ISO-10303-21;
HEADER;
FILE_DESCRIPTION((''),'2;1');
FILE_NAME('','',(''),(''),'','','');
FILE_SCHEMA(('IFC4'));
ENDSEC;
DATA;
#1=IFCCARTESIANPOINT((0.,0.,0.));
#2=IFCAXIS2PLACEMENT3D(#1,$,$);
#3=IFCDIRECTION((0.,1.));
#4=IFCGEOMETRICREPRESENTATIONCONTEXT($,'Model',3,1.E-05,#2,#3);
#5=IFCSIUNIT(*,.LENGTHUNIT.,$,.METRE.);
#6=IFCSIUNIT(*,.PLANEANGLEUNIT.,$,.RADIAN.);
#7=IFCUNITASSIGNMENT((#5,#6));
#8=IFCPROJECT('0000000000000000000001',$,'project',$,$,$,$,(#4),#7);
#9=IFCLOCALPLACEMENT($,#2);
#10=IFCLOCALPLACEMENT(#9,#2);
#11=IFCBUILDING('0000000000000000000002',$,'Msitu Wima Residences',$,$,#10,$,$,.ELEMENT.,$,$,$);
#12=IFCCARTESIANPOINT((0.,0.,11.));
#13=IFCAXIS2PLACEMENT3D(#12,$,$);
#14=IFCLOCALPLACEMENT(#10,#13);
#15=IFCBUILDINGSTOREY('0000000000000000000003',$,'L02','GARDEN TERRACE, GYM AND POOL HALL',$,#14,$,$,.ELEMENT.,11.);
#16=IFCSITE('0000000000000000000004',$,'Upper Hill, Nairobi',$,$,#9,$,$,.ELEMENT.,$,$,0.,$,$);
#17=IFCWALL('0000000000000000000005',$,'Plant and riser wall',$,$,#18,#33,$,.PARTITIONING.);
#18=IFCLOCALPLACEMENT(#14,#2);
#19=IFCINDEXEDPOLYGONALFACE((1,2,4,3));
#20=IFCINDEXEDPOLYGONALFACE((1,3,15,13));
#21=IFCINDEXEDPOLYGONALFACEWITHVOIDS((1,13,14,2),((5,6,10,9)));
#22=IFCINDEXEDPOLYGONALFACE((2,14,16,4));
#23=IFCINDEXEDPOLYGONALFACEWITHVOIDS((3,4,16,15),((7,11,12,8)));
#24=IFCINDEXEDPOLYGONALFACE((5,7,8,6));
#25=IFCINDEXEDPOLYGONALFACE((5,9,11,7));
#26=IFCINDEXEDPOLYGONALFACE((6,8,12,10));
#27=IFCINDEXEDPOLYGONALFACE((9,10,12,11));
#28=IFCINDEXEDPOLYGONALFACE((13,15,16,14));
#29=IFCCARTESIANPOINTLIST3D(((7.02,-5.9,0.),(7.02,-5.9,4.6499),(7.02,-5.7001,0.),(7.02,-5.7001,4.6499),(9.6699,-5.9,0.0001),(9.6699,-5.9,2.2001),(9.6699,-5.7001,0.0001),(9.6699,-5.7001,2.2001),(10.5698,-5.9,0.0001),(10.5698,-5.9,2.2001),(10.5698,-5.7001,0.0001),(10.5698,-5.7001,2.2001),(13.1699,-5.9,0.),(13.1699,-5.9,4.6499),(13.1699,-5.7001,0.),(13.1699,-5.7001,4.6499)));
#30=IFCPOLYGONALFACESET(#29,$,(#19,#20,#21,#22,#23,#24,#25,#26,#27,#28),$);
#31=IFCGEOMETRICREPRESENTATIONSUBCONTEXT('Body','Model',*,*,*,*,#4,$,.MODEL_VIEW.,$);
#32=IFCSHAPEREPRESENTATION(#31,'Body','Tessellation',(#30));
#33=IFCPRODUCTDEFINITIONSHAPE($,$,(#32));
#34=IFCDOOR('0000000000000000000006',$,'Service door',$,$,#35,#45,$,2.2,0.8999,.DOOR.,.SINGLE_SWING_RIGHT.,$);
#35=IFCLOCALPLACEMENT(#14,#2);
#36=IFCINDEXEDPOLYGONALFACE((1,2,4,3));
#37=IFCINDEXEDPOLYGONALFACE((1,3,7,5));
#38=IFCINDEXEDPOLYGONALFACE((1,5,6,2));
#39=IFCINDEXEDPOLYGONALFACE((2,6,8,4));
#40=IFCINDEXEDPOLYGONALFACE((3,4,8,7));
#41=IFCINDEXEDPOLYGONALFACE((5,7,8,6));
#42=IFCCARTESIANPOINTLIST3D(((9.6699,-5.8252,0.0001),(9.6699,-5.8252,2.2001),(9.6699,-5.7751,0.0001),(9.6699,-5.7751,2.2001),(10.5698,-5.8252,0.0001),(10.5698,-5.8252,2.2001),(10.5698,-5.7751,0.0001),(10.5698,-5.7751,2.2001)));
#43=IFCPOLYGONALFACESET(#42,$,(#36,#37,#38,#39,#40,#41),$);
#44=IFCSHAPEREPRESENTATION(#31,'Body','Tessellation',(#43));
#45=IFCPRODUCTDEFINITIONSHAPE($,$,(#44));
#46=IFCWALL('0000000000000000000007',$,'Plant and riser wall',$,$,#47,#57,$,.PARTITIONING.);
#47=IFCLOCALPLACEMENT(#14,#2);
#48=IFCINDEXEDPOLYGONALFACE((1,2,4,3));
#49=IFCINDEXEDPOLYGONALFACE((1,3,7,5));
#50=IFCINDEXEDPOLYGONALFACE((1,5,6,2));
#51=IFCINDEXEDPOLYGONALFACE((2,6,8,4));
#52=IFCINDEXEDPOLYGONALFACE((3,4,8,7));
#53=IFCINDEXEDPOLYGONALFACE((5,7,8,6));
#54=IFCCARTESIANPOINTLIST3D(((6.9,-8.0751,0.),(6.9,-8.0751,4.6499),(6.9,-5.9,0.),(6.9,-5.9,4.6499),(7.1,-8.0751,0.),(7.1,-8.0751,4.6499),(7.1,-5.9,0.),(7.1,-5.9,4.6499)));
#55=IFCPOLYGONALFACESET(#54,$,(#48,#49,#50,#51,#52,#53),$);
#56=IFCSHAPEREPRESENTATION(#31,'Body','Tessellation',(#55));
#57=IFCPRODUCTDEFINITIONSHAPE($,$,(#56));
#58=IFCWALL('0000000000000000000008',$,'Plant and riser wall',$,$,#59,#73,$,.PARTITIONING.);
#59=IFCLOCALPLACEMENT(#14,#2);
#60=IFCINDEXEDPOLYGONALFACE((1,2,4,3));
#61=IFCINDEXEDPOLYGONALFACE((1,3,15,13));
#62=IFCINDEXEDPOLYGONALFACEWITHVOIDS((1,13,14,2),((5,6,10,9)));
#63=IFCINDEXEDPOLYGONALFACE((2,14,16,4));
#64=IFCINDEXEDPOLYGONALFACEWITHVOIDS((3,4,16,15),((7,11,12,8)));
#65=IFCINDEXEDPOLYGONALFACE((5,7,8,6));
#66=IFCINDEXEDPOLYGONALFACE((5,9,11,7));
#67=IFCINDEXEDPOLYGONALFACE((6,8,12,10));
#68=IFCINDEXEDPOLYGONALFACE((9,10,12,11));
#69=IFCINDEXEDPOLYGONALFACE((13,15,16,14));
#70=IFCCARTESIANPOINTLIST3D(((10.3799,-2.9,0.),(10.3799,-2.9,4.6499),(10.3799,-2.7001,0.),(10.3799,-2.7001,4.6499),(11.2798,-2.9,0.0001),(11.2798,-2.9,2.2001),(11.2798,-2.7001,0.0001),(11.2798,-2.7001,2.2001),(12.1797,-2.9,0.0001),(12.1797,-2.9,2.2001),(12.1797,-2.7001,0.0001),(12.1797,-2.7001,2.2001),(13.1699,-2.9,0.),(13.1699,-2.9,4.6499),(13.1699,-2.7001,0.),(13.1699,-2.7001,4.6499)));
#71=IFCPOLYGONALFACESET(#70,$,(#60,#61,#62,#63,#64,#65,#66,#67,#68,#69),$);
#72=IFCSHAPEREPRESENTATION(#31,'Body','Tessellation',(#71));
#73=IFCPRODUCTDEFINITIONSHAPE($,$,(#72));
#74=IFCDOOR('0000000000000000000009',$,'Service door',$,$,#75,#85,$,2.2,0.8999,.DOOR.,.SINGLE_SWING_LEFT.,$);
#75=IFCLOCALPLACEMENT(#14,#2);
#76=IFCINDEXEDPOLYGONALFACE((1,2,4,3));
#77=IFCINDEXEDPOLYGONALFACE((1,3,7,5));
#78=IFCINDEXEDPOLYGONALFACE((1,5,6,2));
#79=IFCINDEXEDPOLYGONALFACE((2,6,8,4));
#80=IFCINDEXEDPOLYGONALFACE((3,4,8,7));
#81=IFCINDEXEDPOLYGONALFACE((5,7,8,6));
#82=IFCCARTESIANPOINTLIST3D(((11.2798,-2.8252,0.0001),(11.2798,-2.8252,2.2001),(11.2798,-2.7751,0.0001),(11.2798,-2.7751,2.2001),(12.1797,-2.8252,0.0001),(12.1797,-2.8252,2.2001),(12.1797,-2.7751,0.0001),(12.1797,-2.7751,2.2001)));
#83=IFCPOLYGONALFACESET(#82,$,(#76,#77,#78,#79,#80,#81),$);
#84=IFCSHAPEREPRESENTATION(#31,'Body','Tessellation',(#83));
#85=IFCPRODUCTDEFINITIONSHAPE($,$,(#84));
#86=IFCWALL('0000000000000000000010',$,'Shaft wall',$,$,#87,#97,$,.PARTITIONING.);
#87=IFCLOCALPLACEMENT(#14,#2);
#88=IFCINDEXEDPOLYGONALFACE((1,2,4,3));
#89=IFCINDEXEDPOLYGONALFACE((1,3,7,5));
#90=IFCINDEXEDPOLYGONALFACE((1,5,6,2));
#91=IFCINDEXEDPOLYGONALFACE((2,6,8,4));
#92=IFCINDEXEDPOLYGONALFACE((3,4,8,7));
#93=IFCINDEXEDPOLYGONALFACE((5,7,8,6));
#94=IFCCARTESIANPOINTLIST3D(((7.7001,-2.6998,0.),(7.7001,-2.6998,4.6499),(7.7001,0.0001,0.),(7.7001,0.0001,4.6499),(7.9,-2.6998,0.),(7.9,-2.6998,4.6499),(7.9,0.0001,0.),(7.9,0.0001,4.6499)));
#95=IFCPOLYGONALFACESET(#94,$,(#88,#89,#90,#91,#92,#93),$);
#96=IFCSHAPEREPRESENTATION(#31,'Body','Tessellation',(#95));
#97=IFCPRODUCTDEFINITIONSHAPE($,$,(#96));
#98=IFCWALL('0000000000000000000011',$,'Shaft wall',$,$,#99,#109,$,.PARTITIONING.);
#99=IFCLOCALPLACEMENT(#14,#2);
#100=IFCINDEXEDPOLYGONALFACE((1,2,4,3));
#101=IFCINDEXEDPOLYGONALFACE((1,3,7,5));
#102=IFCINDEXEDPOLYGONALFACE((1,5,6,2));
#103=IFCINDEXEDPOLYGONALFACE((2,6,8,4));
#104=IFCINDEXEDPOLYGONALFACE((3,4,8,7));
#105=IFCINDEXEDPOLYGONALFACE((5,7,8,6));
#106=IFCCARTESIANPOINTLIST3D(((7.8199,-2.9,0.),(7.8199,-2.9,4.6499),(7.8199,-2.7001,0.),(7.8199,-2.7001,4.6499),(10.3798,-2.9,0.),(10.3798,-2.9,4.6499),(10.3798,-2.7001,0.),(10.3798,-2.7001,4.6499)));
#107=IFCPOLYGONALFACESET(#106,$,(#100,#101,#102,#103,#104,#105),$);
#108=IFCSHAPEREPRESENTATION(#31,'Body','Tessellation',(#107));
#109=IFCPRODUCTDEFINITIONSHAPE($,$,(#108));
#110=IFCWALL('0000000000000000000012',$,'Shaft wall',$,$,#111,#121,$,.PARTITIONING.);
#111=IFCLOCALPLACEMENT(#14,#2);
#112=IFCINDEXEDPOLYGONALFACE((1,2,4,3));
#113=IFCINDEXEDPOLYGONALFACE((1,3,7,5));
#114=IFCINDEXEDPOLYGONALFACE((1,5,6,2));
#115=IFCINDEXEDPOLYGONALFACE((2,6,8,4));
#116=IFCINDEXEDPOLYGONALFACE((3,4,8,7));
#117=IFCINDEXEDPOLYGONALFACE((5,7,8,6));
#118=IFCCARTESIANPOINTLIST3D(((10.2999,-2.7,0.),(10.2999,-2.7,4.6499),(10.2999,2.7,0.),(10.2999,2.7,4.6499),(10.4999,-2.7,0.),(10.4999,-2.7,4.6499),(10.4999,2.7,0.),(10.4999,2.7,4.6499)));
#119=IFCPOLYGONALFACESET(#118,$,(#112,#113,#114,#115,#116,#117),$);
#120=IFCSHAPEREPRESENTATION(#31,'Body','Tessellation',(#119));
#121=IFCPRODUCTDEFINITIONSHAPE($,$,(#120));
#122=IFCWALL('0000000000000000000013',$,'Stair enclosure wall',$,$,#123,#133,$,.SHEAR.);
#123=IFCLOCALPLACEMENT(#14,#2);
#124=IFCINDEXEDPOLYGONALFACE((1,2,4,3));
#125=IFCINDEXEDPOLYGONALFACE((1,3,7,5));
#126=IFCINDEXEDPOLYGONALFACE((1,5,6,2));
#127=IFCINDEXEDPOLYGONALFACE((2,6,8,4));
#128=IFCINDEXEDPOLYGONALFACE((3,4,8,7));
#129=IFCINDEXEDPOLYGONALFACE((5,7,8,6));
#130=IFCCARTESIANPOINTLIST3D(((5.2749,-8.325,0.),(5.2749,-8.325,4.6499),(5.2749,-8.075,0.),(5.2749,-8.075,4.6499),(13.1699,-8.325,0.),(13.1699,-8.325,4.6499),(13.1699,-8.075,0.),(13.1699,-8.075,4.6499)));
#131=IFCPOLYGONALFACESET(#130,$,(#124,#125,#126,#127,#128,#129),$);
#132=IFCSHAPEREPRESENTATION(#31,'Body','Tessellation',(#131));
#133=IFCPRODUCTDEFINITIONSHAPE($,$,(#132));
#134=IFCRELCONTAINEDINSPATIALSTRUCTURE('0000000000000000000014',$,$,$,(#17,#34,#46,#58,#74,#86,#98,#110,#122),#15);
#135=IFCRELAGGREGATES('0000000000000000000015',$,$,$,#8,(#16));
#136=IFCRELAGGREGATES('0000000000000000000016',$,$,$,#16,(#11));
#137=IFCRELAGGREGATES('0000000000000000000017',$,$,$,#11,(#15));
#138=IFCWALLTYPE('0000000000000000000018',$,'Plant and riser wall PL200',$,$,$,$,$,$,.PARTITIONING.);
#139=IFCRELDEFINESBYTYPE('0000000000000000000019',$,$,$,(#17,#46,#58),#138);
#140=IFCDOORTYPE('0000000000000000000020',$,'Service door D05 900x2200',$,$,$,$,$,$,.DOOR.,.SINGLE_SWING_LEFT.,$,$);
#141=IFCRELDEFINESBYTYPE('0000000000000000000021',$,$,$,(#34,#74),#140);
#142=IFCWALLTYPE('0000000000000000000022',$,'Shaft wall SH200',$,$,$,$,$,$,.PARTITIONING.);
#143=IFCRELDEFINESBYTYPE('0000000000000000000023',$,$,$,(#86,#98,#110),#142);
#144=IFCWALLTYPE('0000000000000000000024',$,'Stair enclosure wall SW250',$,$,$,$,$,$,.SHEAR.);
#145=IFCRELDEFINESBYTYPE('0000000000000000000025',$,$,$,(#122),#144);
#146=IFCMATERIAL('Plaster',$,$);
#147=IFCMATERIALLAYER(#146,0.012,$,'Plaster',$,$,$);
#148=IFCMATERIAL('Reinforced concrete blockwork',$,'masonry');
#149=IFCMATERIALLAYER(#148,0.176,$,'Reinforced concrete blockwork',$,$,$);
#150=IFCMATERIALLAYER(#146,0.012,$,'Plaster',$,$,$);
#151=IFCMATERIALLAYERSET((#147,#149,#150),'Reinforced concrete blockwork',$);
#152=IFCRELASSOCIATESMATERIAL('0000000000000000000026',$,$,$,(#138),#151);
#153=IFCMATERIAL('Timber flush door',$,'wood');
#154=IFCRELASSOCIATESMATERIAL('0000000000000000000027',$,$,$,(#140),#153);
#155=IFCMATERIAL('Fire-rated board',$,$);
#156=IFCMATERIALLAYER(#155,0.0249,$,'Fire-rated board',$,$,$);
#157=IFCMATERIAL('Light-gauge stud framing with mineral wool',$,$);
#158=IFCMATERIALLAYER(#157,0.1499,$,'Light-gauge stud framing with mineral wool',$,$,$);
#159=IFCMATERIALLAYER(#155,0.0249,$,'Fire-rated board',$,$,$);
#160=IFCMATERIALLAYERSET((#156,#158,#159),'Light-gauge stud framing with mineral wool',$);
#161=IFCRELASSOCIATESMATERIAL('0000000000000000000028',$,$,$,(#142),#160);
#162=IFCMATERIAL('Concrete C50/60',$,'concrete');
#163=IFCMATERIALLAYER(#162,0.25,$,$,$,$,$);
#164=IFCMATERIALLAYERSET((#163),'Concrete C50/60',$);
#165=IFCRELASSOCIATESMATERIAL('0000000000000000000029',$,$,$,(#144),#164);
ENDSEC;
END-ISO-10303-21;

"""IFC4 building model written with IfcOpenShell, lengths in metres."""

from ifc_helpers import new_model, si_unit, direction, frame, frame_2d, origin, place, context, subcontext, project, spatial, rectangle, extrude, material, layer, layer_set, type_object, element, fill, save


model = new_model("IFC4")

# Units and contexts
model_context = context("Model", 3, precision=1e-05, world=origin(), true_north=direction((0.0, 1.0)))
body_context = subcontext(model_context, "Body", "Model", "MODEL_VIEW")
ifc_project = project(units=[si_unit("LENGTHUNIT", "METRE"), si_unit("PLANEANGLEUNIT", "RADIAN")], contexts=[model_context])

# Site, building, storey
site_placement = place(None, origin())
site = spatial("IfcSite", under=ifc_project, at=site_placement, Name="Upper Hill, Nairobi", CompositionType="ELEMENT", RefElevation=0.0)
building_placement = place(site_placement, origin())
building = spatial("IfcBuilding", under=site, at=building_placement, Name="Msitu Wima Residences", CompositionType="ELEMENT")
storey_placement = place(building_placement, frame((0.0, 0.0, 11.0)))
storey = spatial("IfcBuildingStorey", under=building, at=storey_placement, Name="L02", Description="GARDEN TERRACE, GYM AND POOL HALL", CompositionType="ELEMENT", Elevation=11.0)

# Shared definitions
ifc_material_1 = material(Name="Plaster")

# Wall, opening, door
ifc_layer_1 = layer(ifc_material_1, 0.012, Name="Plaster")
ifc_material_2 = material(Name="Reinforced concrete blockwork", Category="masonry")
ifc_layer_2 = layer(ifc_material_2, 0.176, Name="Reinforced concrete blockwork")
ifc_layer_3 = layer(ifc_material_1, 0.012, Name="Plaster")
ifc_layer_set_1 = layer_set([ifc_layer_1, ifc_layer_2, ifc_layer_3], Name="Reinforced concrete blockwork")
wall_type_1 = type_object("IfcWallType", Name="Plant and riser wall PL200", PredefinedType="PARTITIONING", material=ifc_layer_set_1)
wall_1_placement = place(storey_placement, frame((7.02, -5.8, 0.0), z_axis=(0.0, 0.0, 1.0), x_axis=(1.0, 0.0, 0.0)))
wall_1 = element("IfcWall", 1, at=wall_1_placement, inside=storey, type_object=wall_type_1, Name="Plant and riser wall", PredefinedType="PARTITIONING", context=body_context, shape_type="SweptSolid", body=[
    extrude(rectangle(XDim=6.1499, YDim=0.2, at=frame_2d((3.075, 0.0))), origin(), (0.0, 0.0, 1.0), 4.6499),
])
opening_1_placement = place(wall_1_placement, frame((2.6499, 0.0, 0.0)))
opening_1 = element("IfcOpeningElement", 2, at=opening_1_placement, cuts=wall_1, PredefinedType="OPENING", context=body_context, shape_type="SweptSolid", body=[
    extrude(rectangle(XDim=0.8999, YDim=2.2, at=frame_2d((0.45, 1.1001))), frame((0.0, 0.1099, 0.0), z_axis=(0.0, -1.0, 0.0), x_axis=(1.0, 0.0, 0.0)), (0.0, 0.0, 1.0), 0.22),
])
ifc_material_3 = material(Name="Timber flush door", Category="wood")
door_type = type_object("IfcDoorType", Name="Service door D05 900x2200", OperationType="SINGLE_SWING_LEFT", PredefinedType="DOOR", material=ifc_material_3)
door_1_placement = place(opening_1_placement, origin())
door_1 = element("IfcDoor", 3, at=door_1_placement, inside=storey, type_object=door_type, Name="Service door", OperationType="SINGLE_SWING_RIGHT", OverallHeight=2.2, OverallWidth=0.8999, PredefinedType="DOOR", context=body_context, shape_type="SweptSolid", body=[
    extrude(rectangle(XDim=0.8999, YDim=2.2, at=frame_2d((0.45, 1.1001))), frame((0.0, 0.0249, 0.0), z_axis=(0.0, -1.0, 0.0), x_axis=(1.0, 0.0, 0.0)), (0.0, 0.0, 1.0), 0.05),
])
fill(opening_1, door_1)

# Wall
wall_2_placement = place(storey_placement, frame((7.0, -8.075, 0.0), z_axis=(0.0, 0.0, 1.0), x_axis=(0.0, 1.0, 0.0)))
element("IfcWall", 4, at=wall_2_placement, inside=storey, type_object=wall_type_1, Name="Plant and riser wall", PredefinedType="PARTITIONING", context=body_context, shape_type="SweptSolid", body=[
    extrude(rectangle(XDim=2.175, YDim=0.2, at=frame_2d((1.0874, 0.0))), origin(), (0.0, 0.0, 1.0), 4.6499),
])

# Wall, opening, door
wall_3_placement = place(storey_placement, frame((10.3799, -2.8, 0.0), z_axis=(0.0, 0.0, 1.0), x_axis=(1.0, 0.0, 0.0)))
wall_3 = element("IfcWall", 5, at=wall_3_placement, inside=storey, type_object=wall_type_1, Name="Plant and riser wall", PredefinedType="PARTITIONING", context=body_context, shape_type="SweptSolid", body=[
    extrude(rectangle(XDim=2.79, YDim=0.2, at=frame_2d((1.395, 0.0))), origin(), (0.0, 0.0, 1.0), 4.6499),
])
opening_2_placement = place(wall_3_placement, frame((0.8999, 0.0, 0.0)))
opening_2 = element("IfcOpeningElement", 6, at=opening_2_placement, cuts=wall_3, PredefinedType="OPENING", context=body_context, shape_type="SweptSolid", body=[
    extrude(rectangle(XDim=0.8999, YDim=2.2, at=frame_2d((0.45, 1.1001))), frame((0.0, 0.1099, 0.0), z_axis=(0.0, -1.0, 0.0), x_axis=(1.0, 0.0, 0.0)), (0.0, 0.0, 1.0), 0.22),
])
door_2_placement = place(opening_2_placement, origin())
door_2 = element("IfcDoor", 7, at=door_2_placement, inside=storey, type_object=door_type, Name="Service door", OperationType="SINGLE_SWING_LEFT", OverallHeight=2.2, OverallWidth=0.8999, PredefinedType="DOOR", context=body_context, shape_type="SweptSolid", body=[
    extrude(rectangle(XDim=0.8999, YDim=2.2, at=frame_2d((0.45, 1.1001))), frame((0.0, 0.0249, 0.0), z_axis=(0.0, -1.0, 0.0), x_axis=(1.0, 0.0, 0.0)), (0.0, 0.0, 1.0), 0.05),
])
fill(opening_2, door_2)

# Walls
ifc_material_4 = material(Name="Fire-rated board")
ifc_layer_4 = layer(ifc_material_4, 0.0249, Name="Fire-rated board")
ifc_material_5 = material(Name="Light-gauge stud framing with mineral wool")
ifc_layer_5 = layer(ifc_material_5, 0.1499, Name="Light-gauge stud framing with mineral wool")
ifc_layer_6 = layer(ifc_material_4, 0.0249, Name="Fire-rated board")
ifc_layer_set_2 = layer_set([ifc_layer_4, ifc_layer_5, ifc_layer_6], Name="Light-gauge stud framing with mineral wool")
wall_type_2 = type_object("IfcWallType", Name="Shaft wall SH200", PredefinedType="PARTITIONING", material=ifc_layer_set_2)
wall_4_placement = place(storey_placement, frame((7.8, -2.7, 0.0), z_axis=(0.0, 0.0, 1.0), x_axis=(0.0, 1.0, 0.0)))
element("IfcWall", 8, at=wall_4_placement, inside=storey, type_object=wall_type_2, Name="Shaft wall", PredefinedType="PARTITIONING", context=body_context, shape_type="SweptSolid", body=[
    extrude(rectangle(XDim=2.7, YDim=0.2, at=frame_2d((1.3501, 0.0))), origin(), (0.0, 0.0, 1.0), 4.6499),
])
wall_5_placement = place(storey_placement, frame((7.8201, -2.8, 0.0), z_axis=(0.0, 0.0, 1.0), x_axis=(1.0, 0.0, 0.0)))
element("IfcWall", 9, at=wall_5_placement, inside=storey, type_object=wall_type_2, Name="Shaft wall", PredefinedType="PARTITIONING", context=body_context, shape_type="SweptSolid", body=[
    extrude(rectangle(XDim=2.5598, YDim=0.2, at=frame_2d((1.2798, 0.0))), origin(), (0.0, 0.0, 1.0), 4.6499),
])
wall_6_placement = place(storey_placement, frame((10.3999, -2.7, 0.0), z_axis=(0.0, 0.0, 1.0), x_axis=(0.0, 1.0, 0.0)))
element("IfcWall", 10, at=wall_6_placement, inside=storey, type_object=wall_type_2, Name="Shaft wall", PredefinedType="PARTITIONING", context=body_context, shape_type="SweptSolid", body=[
    extrude(rectangle(XDim=5.3999, YDim=0.2, at=frame_2d((2.7, 0.0))), origin(), (0.0, 0.0, 1.0), 4.6499),
])
ifc_material_6 = material(Name="Concrete C50/60", Category="concrete")
ifc_layer_7 = layer(ifc_material_6, 0.25)
ifc_layer_set_3 = layer_set([ifc_layer_7], Name="Concrete C50/60")
wall_type_3 = type_object("IfcWallType", Name="Stair enclosure wall SW250", PredefinedType="SHEAR", material=ifc_layer_set_3)
wall_7_placement = place(storey_placement, frame((5.2749, -8.2, 0.0), z_axis=(0.0, 0.0, 1.0), x_axis=(1.0, 0.0, 0.0)))
element("IfcWall", 11, at=wall_7_placement, inside=storey, type_object=wall_type_3, Name="Stair enclosure wall", PredefinedType="SHEAR", context=body_context, shape_type="SweptSolid", body=[
    extrude(rectangle(XDim=7.895, YDim=0.25, at=frame_2d((3.9475, 0.0))), origin(), (0.0, 0.0, 1.0), 4.6499),
])

save(model, "model.ifc")
